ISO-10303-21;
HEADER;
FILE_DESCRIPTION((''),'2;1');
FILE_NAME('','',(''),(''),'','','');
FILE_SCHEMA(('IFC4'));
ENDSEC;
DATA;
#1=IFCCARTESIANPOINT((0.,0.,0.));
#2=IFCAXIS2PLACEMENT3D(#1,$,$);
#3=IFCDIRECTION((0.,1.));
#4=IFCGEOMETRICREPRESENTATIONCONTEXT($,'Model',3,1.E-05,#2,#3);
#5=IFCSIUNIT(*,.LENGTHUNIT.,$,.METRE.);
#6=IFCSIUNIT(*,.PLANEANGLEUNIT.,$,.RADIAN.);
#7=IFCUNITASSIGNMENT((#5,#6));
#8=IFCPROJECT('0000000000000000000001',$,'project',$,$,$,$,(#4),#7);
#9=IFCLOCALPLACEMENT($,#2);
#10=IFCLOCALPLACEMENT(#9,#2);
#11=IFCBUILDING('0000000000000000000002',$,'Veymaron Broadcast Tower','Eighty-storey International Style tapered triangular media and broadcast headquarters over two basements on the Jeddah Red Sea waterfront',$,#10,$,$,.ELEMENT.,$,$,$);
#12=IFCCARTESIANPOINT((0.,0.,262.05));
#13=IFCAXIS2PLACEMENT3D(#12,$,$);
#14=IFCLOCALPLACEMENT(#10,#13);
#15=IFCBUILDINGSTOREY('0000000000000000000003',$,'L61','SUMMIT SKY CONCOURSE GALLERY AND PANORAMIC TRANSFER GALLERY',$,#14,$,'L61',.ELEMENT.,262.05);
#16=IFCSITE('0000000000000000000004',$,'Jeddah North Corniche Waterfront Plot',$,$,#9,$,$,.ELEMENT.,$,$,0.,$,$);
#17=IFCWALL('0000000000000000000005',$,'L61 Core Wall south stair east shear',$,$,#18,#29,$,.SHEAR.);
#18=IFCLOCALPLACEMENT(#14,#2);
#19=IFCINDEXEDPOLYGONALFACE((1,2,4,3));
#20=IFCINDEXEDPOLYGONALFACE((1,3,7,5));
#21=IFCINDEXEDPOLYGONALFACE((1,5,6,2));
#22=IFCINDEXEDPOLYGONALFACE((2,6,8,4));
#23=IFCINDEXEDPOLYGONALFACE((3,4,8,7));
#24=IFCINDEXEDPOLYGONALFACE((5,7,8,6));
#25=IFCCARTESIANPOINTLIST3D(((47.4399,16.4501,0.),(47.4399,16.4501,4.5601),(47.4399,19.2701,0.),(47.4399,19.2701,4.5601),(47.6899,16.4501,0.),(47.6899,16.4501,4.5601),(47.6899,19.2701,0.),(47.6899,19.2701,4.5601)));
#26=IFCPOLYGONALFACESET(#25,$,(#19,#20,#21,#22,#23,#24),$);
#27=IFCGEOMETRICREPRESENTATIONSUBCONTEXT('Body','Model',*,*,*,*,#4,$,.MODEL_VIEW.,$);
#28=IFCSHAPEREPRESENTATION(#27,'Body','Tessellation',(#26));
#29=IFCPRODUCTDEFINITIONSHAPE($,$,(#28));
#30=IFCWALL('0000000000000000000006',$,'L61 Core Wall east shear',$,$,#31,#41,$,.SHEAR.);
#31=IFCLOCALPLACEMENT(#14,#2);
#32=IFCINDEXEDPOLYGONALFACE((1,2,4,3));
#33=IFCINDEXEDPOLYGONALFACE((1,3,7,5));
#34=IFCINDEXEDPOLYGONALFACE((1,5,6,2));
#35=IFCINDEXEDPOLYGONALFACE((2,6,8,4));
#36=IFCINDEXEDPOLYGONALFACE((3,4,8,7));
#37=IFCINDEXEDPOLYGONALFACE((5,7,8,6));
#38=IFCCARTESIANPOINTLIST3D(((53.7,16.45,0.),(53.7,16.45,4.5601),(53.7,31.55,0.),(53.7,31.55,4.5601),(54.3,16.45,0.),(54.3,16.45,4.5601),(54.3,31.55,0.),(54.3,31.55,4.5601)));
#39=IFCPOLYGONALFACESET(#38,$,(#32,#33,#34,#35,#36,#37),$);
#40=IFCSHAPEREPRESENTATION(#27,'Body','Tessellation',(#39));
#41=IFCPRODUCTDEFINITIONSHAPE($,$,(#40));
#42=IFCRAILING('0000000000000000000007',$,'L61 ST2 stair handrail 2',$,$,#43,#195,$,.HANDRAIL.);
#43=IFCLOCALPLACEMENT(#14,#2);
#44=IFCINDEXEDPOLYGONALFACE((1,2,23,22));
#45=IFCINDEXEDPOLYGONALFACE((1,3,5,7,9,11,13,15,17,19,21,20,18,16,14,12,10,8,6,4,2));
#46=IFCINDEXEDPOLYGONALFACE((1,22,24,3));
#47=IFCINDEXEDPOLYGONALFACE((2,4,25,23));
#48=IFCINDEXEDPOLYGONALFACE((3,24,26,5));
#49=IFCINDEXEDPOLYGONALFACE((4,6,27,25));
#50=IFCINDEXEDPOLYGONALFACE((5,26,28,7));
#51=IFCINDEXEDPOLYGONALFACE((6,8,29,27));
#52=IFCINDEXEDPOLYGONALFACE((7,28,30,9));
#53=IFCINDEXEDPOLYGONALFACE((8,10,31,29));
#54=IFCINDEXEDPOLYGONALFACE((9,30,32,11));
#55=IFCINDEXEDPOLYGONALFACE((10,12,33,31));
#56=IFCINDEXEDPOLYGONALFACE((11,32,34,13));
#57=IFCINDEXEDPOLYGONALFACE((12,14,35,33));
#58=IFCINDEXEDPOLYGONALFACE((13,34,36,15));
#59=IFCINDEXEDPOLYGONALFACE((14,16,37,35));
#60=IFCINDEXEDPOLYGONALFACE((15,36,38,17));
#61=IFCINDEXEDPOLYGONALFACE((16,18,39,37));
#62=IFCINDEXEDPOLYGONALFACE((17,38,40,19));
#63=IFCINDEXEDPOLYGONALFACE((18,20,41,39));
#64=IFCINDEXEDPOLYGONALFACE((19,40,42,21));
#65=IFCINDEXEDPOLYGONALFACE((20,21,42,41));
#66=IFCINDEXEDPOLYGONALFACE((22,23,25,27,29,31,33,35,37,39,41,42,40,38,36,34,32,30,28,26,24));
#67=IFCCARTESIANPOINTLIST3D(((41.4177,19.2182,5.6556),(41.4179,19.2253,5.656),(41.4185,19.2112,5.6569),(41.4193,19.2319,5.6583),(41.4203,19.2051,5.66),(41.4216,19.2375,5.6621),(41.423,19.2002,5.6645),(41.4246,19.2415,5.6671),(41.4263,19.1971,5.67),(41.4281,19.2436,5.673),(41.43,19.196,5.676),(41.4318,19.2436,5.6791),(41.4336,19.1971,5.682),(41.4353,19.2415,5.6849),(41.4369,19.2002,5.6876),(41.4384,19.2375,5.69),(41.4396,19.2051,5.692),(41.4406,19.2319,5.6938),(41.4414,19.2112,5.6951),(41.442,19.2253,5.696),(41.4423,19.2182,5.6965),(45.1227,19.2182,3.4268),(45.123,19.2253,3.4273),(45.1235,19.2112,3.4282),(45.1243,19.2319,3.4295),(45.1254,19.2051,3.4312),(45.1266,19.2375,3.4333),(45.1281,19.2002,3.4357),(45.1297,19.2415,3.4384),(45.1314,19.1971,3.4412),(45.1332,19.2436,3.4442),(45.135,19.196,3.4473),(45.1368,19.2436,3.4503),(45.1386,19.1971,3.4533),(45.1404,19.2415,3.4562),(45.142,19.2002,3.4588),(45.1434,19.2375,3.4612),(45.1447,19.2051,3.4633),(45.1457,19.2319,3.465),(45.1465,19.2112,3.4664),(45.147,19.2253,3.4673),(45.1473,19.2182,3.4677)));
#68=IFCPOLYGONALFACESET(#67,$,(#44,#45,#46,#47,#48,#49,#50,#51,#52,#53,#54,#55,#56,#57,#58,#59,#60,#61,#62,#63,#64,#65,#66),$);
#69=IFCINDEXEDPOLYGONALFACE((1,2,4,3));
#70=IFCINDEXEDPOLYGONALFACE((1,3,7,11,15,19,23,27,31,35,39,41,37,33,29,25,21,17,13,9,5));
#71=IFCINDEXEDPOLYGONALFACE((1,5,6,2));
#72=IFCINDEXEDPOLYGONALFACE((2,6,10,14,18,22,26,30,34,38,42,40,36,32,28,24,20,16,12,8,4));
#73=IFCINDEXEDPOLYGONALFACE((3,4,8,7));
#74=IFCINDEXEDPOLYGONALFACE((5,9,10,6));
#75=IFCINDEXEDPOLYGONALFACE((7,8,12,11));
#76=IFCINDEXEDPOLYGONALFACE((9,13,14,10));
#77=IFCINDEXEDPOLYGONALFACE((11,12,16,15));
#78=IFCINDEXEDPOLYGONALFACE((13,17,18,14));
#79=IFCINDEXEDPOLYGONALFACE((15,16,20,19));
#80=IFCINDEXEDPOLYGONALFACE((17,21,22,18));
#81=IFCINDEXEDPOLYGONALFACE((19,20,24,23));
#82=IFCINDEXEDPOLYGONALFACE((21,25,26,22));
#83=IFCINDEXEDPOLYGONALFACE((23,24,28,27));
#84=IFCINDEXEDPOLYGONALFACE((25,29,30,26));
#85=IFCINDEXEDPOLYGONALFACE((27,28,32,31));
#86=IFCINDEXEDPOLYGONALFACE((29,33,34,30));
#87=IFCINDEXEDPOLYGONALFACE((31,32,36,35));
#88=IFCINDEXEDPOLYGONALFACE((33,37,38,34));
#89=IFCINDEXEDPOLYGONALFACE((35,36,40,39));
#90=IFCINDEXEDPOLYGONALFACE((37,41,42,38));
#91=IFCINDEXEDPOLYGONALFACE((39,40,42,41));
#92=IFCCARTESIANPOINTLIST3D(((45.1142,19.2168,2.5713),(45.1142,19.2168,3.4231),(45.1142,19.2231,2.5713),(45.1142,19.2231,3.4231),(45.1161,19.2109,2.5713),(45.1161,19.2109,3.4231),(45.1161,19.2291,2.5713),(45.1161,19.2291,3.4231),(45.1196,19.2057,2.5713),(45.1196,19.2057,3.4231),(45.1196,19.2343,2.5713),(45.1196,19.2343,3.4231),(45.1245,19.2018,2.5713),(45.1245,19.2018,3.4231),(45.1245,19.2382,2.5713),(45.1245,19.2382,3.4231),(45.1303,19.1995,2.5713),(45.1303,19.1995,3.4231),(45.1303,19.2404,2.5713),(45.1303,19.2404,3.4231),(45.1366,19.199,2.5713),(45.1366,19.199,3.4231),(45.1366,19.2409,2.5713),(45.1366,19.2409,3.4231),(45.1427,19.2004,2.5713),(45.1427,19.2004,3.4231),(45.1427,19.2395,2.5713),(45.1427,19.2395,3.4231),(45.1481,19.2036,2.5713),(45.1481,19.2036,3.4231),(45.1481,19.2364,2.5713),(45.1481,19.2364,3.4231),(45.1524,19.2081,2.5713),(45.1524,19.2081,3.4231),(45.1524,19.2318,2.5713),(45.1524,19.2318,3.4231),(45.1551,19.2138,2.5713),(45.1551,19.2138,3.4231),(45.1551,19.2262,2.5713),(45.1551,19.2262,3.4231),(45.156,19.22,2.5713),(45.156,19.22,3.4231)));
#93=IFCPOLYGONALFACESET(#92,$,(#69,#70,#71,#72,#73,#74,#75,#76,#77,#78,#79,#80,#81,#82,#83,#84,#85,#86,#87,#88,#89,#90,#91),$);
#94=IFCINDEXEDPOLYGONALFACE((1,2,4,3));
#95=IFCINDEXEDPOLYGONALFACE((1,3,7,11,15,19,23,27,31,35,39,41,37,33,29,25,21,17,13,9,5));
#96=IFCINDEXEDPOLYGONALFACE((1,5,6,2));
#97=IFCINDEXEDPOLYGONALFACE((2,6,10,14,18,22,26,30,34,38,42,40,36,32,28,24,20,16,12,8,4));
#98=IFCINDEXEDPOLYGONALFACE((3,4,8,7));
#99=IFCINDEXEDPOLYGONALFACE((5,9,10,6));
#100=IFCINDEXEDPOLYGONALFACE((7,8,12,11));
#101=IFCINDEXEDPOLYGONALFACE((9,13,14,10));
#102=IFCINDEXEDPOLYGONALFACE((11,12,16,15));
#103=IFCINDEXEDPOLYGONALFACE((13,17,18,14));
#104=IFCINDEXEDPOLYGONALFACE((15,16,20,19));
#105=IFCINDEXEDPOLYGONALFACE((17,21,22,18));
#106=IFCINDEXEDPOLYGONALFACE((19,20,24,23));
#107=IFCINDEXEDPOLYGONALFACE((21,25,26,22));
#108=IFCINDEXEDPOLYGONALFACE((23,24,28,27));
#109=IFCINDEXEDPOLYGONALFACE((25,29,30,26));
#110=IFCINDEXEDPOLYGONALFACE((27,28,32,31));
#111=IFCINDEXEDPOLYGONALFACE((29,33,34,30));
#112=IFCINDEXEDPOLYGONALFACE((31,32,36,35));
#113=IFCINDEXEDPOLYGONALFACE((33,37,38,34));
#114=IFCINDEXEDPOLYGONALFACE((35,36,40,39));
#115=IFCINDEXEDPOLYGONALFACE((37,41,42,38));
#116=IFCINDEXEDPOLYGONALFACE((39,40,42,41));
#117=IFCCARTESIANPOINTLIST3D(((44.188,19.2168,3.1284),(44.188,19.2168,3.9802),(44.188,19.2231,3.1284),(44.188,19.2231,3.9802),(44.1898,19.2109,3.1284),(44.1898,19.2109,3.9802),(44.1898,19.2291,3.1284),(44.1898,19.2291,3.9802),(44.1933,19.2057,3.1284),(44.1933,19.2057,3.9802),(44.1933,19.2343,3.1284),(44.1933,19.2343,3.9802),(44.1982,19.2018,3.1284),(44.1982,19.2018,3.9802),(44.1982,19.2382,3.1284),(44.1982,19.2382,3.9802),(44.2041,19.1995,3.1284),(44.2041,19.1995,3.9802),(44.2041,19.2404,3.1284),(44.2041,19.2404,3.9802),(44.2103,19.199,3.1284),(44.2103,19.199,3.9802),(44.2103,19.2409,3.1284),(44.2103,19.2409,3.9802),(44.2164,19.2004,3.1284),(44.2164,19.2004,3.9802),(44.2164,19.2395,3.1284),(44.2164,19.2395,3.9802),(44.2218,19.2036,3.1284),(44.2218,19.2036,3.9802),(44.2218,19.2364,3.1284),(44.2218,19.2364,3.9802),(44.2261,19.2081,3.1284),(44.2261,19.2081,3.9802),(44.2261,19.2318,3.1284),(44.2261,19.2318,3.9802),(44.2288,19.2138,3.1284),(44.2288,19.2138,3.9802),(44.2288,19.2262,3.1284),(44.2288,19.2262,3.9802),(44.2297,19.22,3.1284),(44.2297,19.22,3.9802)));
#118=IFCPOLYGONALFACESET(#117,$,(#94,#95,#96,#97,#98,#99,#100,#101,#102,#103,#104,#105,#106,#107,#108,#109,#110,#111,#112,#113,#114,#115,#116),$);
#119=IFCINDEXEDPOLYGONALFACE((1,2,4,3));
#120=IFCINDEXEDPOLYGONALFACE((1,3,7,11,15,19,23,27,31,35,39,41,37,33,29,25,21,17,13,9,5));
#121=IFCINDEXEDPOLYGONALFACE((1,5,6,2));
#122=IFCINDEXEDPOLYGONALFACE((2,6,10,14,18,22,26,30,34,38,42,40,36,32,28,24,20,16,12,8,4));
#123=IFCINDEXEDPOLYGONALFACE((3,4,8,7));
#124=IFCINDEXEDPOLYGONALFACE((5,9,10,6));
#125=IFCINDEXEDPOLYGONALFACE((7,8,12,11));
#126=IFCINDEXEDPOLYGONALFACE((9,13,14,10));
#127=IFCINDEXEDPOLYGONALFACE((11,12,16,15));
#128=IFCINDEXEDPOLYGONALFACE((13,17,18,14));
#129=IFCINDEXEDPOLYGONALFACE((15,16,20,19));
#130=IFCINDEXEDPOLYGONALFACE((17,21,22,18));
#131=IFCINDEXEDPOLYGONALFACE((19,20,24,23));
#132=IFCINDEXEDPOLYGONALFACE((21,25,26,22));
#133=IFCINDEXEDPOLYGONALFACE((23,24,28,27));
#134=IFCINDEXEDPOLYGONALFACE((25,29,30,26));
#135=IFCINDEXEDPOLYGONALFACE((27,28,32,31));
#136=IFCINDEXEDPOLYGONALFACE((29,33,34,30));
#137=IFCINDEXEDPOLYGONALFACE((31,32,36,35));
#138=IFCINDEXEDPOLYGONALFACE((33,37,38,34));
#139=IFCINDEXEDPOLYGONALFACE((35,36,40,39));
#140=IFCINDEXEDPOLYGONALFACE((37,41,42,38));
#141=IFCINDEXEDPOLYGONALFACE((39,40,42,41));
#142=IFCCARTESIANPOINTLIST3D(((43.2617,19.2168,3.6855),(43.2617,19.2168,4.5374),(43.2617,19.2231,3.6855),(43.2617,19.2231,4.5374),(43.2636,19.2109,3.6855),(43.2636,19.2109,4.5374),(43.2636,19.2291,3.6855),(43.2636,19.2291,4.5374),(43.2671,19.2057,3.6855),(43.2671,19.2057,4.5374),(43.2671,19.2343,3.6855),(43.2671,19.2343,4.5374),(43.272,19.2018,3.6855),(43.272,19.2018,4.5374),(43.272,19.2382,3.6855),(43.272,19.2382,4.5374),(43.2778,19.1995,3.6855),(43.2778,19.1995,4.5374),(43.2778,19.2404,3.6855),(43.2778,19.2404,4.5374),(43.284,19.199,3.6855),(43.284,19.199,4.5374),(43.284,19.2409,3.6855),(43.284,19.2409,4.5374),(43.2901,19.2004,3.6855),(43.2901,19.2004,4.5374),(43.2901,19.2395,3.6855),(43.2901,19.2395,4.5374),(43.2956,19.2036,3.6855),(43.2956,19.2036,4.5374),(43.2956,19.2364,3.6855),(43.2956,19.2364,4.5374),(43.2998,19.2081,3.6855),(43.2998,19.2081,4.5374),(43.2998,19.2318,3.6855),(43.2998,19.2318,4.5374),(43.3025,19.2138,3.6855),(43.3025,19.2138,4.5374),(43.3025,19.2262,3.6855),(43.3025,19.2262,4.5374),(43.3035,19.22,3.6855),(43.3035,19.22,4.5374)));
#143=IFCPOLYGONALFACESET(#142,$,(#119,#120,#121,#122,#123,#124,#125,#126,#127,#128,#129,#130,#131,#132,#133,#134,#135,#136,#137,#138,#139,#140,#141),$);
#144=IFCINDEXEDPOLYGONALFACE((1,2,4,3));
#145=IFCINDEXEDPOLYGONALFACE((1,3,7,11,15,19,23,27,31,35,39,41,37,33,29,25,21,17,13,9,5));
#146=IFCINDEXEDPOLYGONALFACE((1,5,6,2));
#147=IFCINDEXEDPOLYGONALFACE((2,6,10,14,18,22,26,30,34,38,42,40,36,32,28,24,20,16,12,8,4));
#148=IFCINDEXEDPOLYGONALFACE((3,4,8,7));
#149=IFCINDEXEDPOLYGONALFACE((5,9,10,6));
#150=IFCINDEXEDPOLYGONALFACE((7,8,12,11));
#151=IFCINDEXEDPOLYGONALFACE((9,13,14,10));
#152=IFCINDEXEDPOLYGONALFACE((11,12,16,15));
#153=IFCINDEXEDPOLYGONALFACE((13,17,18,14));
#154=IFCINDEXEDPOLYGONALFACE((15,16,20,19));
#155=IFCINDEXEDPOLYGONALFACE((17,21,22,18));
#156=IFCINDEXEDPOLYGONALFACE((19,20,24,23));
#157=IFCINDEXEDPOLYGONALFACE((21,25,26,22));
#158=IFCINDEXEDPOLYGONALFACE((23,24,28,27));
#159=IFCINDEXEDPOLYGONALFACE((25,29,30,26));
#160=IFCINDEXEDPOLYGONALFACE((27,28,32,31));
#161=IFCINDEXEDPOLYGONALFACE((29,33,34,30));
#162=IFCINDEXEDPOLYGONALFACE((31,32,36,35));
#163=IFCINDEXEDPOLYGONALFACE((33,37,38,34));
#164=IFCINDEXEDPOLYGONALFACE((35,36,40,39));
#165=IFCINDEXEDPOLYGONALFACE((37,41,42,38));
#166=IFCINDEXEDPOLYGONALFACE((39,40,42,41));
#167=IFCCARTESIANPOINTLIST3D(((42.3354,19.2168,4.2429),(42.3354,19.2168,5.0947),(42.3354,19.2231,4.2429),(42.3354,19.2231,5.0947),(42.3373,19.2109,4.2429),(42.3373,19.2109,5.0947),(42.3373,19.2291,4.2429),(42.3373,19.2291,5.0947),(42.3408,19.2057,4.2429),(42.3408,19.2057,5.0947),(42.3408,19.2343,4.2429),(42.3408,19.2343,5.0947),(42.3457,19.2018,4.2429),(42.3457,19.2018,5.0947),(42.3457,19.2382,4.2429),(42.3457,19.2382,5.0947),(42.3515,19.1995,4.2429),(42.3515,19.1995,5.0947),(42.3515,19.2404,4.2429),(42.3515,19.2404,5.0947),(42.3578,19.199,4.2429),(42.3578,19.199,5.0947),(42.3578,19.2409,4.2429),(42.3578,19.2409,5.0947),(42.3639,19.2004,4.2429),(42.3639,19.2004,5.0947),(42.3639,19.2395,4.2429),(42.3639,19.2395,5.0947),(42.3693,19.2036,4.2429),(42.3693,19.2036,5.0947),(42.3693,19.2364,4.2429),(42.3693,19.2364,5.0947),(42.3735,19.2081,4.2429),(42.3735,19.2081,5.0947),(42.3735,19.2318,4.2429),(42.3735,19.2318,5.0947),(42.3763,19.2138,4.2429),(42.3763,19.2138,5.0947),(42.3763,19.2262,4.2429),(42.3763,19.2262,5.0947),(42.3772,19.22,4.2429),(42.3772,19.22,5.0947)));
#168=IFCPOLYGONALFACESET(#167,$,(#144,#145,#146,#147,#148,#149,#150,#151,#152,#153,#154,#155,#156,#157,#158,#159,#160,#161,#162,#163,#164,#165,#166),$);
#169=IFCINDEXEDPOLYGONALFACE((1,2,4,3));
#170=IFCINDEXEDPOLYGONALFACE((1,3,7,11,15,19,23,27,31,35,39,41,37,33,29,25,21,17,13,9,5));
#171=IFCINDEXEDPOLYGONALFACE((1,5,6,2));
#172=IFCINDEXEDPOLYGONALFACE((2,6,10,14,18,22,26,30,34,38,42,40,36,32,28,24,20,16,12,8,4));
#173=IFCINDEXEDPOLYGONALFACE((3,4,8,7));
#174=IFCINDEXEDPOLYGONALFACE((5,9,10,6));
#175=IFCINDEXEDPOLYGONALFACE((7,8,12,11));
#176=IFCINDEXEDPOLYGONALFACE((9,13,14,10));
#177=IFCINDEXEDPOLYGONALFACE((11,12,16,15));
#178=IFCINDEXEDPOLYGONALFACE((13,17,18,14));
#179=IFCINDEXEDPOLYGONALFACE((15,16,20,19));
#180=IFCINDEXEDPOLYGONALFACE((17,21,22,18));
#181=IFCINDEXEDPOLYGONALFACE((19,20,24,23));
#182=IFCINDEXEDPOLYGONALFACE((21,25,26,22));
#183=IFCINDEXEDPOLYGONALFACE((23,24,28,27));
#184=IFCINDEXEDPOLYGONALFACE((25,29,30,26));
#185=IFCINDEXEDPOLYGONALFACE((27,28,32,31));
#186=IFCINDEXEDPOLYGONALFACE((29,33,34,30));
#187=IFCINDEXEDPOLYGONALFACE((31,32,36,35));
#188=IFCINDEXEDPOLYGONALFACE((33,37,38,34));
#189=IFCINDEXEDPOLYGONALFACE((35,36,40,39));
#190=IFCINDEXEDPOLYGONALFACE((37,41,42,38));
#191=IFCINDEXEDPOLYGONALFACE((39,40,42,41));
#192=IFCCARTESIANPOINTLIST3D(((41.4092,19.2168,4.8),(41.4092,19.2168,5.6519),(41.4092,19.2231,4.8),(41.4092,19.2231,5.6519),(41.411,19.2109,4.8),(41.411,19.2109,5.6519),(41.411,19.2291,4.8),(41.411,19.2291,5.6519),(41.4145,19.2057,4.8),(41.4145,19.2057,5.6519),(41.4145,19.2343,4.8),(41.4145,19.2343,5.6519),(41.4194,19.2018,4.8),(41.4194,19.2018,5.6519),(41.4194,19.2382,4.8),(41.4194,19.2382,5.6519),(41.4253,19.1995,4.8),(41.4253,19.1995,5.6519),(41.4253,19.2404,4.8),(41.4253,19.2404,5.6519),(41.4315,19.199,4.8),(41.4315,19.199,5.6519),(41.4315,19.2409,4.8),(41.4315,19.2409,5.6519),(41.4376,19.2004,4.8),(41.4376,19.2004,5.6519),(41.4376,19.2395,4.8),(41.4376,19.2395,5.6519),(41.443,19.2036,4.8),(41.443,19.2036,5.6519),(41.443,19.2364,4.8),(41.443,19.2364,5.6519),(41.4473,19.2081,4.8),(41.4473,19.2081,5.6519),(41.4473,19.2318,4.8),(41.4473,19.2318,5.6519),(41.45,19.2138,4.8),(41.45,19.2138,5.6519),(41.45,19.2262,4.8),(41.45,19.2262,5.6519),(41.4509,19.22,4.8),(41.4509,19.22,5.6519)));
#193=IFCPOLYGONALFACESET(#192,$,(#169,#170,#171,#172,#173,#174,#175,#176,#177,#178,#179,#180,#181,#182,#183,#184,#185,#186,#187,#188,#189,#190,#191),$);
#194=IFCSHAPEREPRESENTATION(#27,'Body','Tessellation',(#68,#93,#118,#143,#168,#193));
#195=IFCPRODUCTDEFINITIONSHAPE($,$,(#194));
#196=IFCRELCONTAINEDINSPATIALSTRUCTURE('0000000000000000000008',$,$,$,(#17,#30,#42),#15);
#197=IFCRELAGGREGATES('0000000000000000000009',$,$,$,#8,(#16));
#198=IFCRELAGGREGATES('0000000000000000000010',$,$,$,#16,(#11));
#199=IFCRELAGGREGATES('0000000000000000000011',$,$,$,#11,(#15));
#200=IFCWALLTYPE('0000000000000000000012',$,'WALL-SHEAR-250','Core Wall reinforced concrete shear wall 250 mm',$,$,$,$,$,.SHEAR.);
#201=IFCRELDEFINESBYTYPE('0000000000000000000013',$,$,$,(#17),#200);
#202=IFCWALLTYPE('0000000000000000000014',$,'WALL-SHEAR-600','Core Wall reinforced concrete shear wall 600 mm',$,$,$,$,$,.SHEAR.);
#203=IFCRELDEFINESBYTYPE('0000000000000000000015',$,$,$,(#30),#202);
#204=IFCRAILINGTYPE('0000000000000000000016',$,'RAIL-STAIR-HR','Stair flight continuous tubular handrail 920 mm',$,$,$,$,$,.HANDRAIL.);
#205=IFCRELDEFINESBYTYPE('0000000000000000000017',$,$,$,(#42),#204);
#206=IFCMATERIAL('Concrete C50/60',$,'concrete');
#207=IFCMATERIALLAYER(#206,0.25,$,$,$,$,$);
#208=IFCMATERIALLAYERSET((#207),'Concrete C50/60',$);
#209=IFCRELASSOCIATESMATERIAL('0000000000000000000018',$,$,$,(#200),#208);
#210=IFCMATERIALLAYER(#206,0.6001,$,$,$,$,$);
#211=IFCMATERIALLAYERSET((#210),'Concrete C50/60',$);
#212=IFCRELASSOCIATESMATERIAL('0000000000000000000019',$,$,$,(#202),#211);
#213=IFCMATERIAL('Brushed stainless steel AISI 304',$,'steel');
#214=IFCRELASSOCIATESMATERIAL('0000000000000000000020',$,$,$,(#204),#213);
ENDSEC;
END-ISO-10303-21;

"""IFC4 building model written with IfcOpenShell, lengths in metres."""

from ifc_helpers import new_model, si_unit, direction, frame, frame_2d, origin, origin_2d, place, context, subcontext, project, spatial, rectangle, circle, extrude, material, layer, layer_set, type_object, element, save


model = new_model("IFC4")

# Units and contexts
model_context = context("Model", 3, precision=1e-05, world=origin(), true_north=direction((0.0, 1.0)))
body_context = subcontext(model_context, "Body", "Model", "MODEL_VIEW")
ifc_project = project(units=[si_unit("LENGTHUNIT", "METRE"), si_unit("PLANEANGLEUNIT", "RADIAN")], contexts=[model_context])

# Site, building, storey
site_placement = place(None, origin())
site = spatial("IfcSite", under=ifc_project, at=site_placement, Name="Jeddah North Corniche Waterfront Plot", CompositionType="ELEMENT", RefElevation=0.0)
building_placement = place(site_placement, origin())
building = spatial("IfcBuilding", under=site, at=building_placement, Name="Veymaron Broadcast Tower", Description="Eighty-storey International Style tapered triangular media and broadcast headquarters over two basements on the Jeddah Red Sea waterfront", CompositionType="ELEMENT")
storey_placement = place(building_placement, frame((0.0, 0.0, 262.05)))
storey = spatial("IfcBuildingStorey", under=building, at=storey_placement, Name="L61", Description="SUMMIT SKY CONCOURSE GALLERY AND PANORAMIC TRANSFER GALLERY", LongName="L61", CompositionType="ELEMENT", Elevation=262.05)

# Shared definitions
ifc_material_1 = material(Name="Brushed stainless steel AISI 304", Category="steel")

# Walls
ifc_material_2 = material(Name="Concrete C50/60", Category="concrete")
ifc_layer_1 = layer(ifc_material_2, 0.25)
ifc_layer_set_1 = layer_set([ifc_layer_1], Name="Concrete C50/60")
wall_type_1 = type_object("IfcWallType", Name="WALL-SHEAR-250", Description="Core Wall reinforced concrete shear wall 250 mm", PredefinedType="SHEAR", material=ifc_layer_set_1)
wall_1_placement = place(storey_placement, frame((47.5649, 16.45, 0.0), z_axis=(0.0, 0.0, 1.0), x_axis=(0.0, 1.0, 0.0)))
element("IfcWall", 1, at=wall_1_placement, inside=storey, type_object=wall_type_1, Name="L61 Core Wall south stair east shear", PredefinedType="SHEAR", context=body_context, shape_type="SweptSolid", body=[
    extrude(rectangle(XDim=2.8201, YDim=0.25, at=frame_2d((1.4102, 0.0))), origin(), (0.0, 0.0, 1.0), 4.5601),
])
ifc_layer_2 = layer(ifc_material_2, 0.6001)
ifc_layer_set_2 = layer_set([ifc_layer_2], Name="Concrete C50/60")
wall_type_2 = type_object("IfcWallType", Name="WALL-SHEAR-600", Description="Core Wall reinforced concrete shear wall 600 mm", PredefinedType="SHEAR", material=ifc_layer_set_2)
wall_2_placement = place(storey_placement, frame((54.0, 16.45, 0.0), z_axis=(0.0, 0.0, 1.0), x_axis=(0.0, 1.0, 0.0)))
element("IfcWall", 2, at=wall_2_placement, inside=storey, type_object=wall_type_2, Name="L61 Core Wall east shear", PredefinedType="SHEAR", context=body_context, shape_type="SweptSolid", body=[
    extrude(rectangle(XDim=15.1001, YDim=0.6001, at=frame_2d((7.55, 0.0))), origin(), (0.0, 0.0, 1.0), 4.5601),
])

# Railing
railing_type_1 = type_object("IfcRailingType", Name="RAIL-STAIR-HR", Description="Stair flight continuous tubular handrail 920 mm", PredefinedType="HANDRAIL", material=ifc_material_1)
railing_1_placement = place(storey_placement, frame((45.135, 19.22, 2.5713)))
element("IfcRailing", 3, at=railing_1_placement, inside=storey, type_object=railing_type_1, Name="L61 ST2 stair handrail 2", PredefinedType="HANDRAIL", context=body_context, shape_type="SweptSolid", body=[
    extrude(circle(Radius=0.0239, at=origin_2d()), frame((0.0, 0.0, 0.876), z_axis=(-0.856909, 0.0, 0.515467), x_axis=(0.0, -1.0, 0.0)), (0.0, 0.0, 1.0), 4.3237),
    extrude(circle(Radius=0.021, at=origin_2d()), origin(), (0.0, 0.0, 1.0), 0.8518),
    extrude(circle(Radius=0.021, at=origin_2d()), frame((-0.9263, 0.0, 0.5571)), (0.0, 0.0, 1.0), 0.8518),
    extrude(circle(Radius=0.021, at=origin_2d()), frame((-1.8525, 0.0, 1.1143)), (0.0, 0.0, 1.0), 0.8518),
    extrude(circle(Radius=0.021, at=origin_2d()), frame((-2.7788, 0.0, 1.6716)), (0.0, 0.0, 1.0), 0.8518),
    extrude(circle(Radius=0.021, at=origin_2d()), frame((-3.7051, 0.0, 2.2288)), (0.0, 0.0, 1.0), 0.8518),
])

save(model, "model.ifc")
